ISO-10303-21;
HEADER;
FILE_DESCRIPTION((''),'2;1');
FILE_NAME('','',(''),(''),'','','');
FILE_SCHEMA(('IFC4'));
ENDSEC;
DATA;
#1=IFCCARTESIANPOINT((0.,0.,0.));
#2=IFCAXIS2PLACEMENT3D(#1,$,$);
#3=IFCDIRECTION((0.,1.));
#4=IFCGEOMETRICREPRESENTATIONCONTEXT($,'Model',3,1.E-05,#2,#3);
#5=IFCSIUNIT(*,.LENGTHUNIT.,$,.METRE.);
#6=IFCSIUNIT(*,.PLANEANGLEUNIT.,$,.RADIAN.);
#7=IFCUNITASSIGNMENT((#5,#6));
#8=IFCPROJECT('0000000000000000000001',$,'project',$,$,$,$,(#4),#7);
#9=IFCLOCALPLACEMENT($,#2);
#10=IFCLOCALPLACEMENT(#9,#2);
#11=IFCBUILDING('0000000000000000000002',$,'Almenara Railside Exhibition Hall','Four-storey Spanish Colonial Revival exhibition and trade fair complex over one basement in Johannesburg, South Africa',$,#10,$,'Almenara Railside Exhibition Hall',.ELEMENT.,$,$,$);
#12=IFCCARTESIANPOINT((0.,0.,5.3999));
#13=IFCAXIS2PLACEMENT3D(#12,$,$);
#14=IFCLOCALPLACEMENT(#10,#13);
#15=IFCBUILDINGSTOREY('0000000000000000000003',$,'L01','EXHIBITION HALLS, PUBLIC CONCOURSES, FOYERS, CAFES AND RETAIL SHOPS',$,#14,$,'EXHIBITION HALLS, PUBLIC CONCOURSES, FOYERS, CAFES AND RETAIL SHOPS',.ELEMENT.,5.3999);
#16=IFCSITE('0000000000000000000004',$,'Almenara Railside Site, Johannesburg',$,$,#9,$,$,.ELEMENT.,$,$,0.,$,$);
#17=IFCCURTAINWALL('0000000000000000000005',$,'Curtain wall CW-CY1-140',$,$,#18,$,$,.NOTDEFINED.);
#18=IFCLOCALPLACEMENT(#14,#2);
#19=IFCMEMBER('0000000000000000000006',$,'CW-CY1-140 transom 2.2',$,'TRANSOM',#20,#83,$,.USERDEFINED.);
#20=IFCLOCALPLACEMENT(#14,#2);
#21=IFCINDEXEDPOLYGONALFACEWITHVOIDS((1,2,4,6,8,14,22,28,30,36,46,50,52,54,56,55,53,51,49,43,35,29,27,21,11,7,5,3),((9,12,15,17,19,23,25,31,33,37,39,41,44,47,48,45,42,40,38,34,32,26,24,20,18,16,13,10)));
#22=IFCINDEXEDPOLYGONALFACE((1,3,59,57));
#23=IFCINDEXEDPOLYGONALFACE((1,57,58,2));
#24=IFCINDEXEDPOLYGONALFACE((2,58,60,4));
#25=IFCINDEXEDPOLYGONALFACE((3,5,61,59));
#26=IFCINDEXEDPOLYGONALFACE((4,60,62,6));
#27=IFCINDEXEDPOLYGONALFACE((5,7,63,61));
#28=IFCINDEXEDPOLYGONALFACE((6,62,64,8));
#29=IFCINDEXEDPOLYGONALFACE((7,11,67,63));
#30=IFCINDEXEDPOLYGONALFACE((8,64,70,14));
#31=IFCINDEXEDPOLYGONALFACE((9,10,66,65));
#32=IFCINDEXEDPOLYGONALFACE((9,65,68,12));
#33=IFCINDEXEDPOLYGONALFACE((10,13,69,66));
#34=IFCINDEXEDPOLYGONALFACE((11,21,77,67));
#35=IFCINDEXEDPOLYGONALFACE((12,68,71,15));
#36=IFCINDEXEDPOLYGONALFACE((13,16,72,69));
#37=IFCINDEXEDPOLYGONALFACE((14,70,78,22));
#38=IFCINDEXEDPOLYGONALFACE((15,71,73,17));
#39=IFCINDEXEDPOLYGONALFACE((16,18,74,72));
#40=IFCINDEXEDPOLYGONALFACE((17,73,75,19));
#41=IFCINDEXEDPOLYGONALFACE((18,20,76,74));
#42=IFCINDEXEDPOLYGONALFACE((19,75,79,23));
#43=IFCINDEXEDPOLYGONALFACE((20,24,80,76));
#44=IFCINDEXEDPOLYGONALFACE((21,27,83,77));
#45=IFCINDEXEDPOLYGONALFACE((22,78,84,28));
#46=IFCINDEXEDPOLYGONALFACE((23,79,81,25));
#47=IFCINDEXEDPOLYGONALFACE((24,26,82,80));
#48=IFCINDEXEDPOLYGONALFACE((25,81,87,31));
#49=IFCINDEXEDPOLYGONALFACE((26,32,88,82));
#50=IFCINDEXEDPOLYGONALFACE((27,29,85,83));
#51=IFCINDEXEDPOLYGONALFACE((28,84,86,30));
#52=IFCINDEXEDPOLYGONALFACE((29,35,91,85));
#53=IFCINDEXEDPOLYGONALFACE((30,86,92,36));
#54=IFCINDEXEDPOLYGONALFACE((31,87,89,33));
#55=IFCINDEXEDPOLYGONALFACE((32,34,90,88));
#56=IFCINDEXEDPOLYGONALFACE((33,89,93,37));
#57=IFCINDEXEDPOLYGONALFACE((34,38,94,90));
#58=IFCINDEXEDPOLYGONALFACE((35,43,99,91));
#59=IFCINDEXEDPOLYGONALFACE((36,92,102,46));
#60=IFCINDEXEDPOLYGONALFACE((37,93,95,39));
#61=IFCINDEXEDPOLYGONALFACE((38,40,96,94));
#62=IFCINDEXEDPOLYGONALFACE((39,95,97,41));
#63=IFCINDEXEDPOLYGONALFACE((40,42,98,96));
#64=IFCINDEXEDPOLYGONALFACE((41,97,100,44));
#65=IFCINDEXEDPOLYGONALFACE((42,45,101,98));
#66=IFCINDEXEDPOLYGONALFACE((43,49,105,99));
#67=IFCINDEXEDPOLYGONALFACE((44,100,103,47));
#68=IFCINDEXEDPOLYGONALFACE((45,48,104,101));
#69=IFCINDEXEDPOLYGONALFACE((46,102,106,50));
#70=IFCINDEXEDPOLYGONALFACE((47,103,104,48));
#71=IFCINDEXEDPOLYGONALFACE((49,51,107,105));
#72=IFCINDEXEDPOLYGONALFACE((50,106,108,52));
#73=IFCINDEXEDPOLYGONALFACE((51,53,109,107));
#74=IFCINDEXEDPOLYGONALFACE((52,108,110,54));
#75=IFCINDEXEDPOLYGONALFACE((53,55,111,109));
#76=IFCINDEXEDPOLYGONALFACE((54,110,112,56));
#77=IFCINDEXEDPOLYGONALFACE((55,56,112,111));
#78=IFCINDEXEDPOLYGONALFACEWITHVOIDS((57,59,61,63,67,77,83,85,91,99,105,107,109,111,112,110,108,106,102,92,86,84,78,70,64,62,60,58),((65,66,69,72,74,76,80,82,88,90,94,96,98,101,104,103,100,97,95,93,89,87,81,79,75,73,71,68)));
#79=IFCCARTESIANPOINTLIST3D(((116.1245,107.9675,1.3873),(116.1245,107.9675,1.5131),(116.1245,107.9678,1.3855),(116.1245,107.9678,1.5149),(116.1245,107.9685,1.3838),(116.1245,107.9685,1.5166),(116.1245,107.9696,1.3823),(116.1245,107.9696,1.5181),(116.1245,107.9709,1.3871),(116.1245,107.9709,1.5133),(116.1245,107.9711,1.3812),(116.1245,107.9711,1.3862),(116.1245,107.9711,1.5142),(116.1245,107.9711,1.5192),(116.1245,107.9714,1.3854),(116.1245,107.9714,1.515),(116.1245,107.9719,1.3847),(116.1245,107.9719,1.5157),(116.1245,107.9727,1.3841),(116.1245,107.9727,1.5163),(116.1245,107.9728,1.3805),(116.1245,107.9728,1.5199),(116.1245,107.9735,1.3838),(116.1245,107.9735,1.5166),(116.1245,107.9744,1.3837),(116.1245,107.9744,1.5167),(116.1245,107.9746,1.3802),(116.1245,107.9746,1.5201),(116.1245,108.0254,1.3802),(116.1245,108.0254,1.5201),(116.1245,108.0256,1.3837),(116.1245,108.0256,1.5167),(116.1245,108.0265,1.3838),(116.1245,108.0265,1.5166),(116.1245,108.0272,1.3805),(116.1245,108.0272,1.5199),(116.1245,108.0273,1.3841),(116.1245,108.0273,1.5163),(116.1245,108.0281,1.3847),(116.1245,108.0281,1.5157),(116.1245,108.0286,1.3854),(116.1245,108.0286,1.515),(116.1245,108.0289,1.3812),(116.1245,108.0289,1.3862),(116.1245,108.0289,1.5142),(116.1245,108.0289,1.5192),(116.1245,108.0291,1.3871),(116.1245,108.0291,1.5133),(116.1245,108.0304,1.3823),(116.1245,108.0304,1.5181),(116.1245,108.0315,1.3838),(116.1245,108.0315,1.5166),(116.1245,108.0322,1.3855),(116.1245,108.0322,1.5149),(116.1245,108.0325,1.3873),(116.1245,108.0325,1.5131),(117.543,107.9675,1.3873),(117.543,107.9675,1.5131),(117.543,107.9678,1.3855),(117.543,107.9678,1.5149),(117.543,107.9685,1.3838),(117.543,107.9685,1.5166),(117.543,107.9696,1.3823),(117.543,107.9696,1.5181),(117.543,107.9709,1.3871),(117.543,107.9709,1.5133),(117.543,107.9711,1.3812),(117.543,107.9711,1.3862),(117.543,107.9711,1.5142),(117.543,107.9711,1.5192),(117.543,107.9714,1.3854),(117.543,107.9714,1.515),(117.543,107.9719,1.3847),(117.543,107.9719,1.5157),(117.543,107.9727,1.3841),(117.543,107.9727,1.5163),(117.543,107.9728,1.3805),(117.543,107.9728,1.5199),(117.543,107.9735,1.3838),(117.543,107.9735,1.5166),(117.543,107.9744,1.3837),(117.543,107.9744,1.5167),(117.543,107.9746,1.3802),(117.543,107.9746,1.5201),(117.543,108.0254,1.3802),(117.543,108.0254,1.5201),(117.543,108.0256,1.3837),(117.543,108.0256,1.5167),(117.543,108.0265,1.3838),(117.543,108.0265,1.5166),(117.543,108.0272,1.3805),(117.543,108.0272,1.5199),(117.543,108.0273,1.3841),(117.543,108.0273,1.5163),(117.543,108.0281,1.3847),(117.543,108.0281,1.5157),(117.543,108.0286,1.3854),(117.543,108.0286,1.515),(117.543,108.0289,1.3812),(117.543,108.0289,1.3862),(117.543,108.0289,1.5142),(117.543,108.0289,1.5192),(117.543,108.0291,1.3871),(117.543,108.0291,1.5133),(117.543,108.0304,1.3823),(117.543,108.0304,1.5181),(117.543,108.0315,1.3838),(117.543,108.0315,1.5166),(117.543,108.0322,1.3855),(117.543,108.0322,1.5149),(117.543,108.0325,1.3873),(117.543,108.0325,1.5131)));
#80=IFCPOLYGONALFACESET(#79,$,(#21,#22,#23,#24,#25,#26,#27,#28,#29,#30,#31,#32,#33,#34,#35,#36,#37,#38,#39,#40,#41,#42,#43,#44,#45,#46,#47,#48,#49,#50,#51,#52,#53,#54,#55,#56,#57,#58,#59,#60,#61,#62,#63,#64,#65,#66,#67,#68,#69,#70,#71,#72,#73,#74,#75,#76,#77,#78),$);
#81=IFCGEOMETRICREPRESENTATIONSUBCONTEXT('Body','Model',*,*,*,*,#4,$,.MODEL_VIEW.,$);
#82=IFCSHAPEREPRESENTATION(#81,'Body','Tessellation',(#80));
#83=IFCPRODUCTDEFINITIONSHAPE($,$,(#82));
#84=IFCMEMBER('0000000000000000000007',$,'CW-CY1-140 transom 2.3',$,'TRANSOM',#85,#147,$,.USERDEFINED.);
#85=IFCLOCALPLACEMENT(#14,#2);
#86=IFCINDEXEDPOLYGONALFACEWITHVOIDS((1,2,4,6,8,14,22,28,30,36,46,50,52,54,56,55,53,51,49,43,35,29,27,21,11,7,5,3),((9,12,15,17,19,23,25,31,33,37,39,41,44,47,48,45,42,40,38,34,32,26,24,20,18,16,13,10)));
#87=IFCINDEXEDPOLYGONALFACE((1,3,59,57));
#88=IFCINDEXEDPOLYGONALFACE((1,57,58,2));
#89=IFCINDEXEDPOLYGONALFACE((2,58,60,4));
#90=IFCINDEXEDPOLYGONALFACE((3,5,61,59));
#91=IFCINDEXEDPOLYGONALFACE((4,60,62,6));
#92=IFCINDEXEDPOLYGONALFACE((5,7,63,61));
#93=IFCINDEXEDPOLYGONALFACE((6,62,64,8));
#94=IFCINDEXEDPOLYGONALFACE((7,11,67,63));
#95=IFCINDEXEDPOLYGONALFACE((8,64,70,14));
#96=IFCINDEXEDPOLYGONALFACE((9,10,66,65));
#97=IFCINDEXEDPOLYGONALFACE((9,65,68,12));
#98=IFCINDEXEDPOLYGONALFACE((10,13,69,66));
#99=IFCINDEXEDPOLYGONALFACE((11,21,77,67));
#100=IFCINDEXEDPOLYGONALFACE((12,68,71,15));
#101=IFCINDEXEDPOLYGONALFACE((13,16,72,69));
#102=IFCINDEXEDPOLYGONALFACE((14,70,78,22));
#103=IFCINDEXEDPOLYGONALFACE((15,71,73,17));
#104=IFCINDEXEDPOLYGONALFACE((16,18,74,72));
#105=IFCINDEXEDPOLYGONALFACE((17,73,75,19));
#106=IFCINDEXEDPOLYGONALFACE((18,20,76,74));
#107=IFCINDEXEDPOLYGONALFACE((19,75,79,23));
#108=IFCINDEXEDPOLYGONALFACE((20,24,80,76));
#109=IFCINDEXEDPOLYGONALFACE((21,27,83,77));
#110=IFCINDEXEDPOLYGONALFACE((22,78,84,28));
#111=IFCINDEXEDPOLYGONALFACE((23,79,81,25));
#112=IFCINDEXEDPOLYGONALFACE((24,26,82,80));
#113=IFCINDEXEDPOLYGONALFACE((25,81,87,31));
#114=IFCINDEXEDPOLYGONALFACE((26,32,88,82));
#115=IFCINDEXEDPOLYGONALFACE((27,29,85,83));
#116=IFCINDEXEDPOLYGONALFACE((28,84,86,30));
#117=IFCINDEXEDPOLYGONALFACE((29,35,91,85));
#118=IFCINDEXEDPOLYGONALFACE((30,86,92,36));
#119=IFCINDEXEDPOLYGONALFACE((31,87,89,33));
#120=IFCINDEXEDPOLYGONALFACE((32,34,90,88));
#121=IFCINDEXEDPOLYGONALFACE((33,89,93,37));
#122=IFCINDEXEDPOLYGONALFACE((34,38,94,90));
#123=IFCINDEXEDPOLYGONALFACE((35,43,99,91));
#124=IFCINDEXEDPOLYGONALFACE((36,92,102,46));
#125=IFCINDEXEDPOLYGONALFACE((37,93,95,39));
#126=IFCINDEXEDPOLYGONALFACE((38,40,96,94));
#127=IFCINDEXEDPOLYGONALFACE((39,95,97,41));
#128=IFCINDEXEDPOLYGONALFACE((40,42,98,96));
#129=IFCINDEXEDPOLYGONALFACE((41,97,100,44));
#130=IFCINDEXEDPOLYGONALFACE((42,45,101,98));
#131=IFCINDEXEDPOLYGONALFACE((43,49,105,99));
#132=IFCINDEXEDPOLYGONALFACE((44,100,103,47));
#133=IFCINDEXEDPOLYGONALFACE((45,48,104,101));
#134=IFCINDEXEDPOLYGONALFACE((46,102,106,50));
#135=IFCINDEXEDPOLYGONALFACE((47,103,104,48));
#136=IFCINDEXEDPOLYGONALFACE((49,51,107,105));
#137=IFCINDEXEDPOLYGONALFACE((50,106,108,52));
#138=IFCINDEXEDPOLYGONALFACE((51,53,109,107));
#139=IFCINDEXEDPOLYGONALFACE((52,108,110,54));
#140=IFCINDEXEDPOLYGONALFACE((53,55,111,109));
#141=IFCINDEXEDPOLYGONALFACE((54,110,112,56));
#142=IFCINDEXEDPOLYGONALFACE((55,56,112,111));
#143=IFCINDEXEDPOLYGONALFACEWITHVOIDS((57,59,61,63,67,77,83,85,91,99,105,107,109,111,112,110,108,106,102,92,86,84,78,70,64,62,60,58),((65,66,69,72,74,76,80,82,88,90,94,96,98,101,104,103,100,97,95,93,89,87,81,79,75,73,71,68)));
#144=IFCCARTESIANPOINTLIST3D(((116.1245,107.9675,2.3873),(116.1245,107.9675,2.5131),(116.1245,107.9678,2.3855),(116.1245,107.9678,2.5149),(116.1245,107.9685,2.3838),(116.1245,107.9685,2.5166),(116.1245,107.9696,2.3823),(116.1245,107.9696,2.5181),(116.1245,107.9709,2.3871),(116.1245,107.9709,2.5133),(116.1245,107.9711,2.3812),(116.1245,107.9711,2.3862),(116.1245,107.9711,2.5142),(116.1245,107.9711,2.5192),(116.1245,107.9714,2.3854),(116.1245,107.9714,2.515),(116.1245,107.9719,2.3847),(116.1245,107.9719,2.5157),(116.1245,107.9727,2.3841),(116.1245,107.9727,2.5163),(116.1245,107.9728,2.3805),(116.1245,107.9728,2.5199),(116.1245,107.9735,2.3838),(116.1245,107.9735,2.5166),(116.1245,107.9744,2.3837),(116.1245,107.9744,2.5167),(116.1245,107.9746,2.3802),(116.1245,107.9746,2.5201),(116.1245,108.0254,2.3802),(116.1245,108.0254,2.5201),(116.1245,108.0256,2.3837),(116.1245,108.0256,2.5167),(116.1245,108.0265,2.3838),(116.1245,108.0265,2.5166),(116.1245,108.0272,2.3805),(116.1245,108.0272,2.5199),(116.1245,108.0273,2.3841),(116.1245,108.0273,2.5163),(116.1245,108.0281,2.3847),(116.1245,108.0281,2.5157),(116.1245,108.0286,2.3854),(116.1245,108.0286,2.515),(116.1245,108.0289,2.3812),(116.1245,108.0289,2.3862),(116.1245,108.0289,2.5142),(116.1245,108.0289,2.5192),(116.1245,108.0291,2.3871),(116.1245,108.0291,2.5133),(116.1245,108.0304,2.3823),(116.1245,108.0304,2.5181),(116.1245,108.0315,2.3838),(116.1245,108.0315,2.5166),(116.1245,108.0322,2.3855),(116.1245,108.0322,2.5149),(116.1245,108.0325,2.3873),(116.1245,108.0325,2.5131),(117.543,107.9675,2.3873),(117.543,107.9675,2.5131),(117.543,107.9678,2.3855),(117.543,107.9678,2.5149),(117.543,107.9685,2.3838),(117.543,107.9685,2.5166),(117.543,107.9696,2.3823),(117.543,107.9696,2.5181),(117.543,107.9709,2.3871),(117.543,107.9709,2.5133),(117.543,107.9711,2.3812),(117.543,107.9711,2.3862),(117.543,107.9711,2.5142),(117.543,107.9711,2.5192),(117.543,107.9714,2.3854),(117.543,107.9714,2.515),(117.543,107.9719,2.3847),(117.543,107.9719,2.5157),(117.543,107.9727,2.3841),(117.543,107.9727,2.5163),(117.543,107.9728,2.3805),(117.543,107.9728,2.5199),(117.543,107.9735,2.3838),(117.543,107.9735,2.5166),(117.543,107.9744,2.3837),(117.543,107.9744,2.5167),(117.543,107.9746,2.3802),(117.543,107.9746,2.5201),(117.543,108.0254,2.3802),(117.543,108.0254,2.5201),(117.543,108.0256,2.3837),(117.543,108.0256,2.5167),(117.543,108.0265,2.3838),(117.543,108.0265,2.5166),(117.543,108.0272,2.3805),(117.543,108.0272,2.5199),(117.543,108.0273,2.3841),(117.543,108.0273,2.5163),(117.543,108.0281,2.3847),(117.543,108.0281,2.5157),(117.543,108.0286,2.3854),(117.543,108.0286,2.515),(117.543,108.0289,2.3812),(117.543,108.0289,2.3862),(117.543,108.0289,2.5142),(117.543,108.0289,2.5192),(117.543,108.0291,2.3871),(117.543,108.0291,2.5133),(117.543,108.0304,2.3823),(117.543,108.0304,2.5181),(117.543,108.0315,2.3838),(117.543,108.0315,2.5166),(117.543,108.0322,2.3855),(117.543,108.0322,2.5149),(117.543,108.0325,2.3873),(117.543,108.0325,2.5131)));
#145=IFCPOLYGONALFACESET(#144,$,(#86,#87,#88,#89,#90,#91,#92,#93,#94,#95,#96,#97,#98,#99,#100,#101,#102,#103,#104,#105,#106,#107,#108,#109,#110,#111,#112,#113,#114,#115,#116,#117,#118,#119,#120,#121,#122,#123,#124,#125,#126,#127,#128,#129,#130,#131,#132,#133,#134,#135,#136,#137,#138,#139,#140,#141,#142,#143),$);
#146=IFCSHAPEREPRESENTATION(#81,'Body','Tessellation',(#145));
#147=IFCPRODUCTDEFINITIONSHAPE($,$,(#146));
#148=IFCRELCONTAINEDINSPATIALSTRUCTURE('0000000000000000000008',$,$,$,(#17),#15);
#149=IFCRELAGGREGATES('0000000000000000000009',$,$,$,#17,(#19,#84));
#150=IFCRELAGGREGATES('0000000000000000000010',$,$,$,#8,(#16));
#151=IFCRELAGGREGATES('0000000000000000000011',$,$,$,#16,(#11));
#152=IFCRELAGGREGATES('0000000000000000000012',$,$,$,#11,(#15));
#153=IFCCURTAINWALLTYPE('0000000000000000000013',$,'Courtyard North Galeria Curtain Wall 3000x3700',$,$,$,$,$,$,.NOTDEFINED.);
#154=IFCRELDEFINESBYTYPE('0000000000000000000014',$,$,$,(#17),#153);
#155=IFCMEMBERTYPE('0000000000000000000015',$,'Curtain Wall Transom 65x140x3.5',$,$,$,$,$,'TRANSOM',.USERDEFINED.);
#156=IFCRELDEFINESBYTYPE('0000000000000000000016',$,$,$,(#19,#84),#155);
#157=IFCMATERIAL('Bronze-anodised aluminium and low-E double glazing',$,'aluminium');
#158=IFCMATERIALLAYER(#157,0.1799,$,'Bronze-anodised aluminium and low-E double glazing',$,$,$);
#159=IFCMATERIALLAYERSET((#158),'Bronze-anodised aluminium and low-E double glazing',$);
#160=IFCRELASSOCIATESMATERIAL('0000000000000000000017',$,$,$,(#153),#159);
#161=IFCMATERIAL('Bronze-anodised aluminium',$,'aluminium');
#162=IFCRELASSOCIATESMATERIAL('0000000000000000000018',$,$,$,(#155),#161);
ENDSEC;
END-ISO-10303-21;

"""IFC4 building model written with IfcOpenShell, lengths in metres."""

from ifc_helpers import new_model, si_unit, direction, frame, origin, origin_2d, place, context, subcontext, project, spatial, hollow_rectangle, extrude, material, layer, layer_set, material_profile, profile_set, type_object, element, aggregate, save


model = new_model("IFC4")

# Units and contexts
model_context = context("Model", 3, precision=1e-05, world=origin(), true_north=direction((0.0, 1.0)))
body_context = subcontext(model_context, "Body", "Model", "MODEL_VIEW")
ifc_project = project(units=[si_unit("LENGTHUNIT", "METRE"), si_unit("PLANEANGLEUNIT", "RADIAN")], contexts=[model_context])

# Site, building, storey
site_placement = place(None, origin())
site = spatial("IfcSite", under=ifc_project, at=site_placement, Name="Almenara Railside Site, Johannesburg", CompositionType="ELEMENT", RefElevation=0.0)
building_placement = place(site_placement, origin())
building = spatial("IfcBuilding", under=site, at=building_placement, Name="Almenara Railside Exhibition Hall", Description="Four-storey Spanish Colonial Revival exhibition and trade fair complex over one basement in Johannesburg, South Africa", LongName="Almenara Railside Exhibition Hall", CompositionType="ELEMENT")
storey_placement = place(building_placement, frame((0.0, 0.0, 5.3999)))
storey = spatial("IfcBuildingStorey", under=building, at=storey_placement, Name="L01", Description="EXHIBITION HALLS, PUBLIC CONCOURSES, FOYERS, CAFES AND RETAIL SHOPS", LongName="EXHIBITION HALLS, PUBLIC CONCOURSES, FOYERS, CAFES AND RETAIL SHOPS", CompositionType="ELEMENT", Elevation=5.3999)

# Shared definitions
ifc_material_1 = material(Name="Bronze-anodised aluminium and low-E double glazing", Category="aluminium")
ifc_layer_1 = layer(ifc_material_1, 0.1799, Name="Bronze-anodised aluminium and low-E double glazing")
ifc_layer_set_1 = layer_set([ifc_layer_1], Name="Bronze-anodised aluminium and low-E double glazing")
curtain_wall_type = type_object("IfcCurtainWallType", Name="Courtyard North Galeria Curtain Wall 3000x3700", PredefinedType="NOTDEFINED", material=ifc_layer_set_1)
ifc_material_2 = material(Name="Bronze-anodised aluminium", Category="aluminium")

# Curtain wall
curtain_wall_1_placement = place(storey_placement, origin())
curtain_wall_1 = element("IfcCurtainWall", 1, at=curtain_wall_1_placement, inside=storey, type_object=curtain_wall_type, Name="Curtain wall CW-CY1-140", PredefinedType="NOTDEFINED")

# Members
ifc_material_profile_1 = material_profile(ifc_material_2, hollow_rectangle(XDim=0.0649, YDim=0.1399, WallThickness=0.0034, InnerFilletRadius=0.0034, OuterFilletRadius=0.0071, at=origin_2d()), Name="ALU-TRN 65x140x3.5")
ifc_profile_set_1 = profile_set([ifc_material_profile_1], Name="Bronze-anodised aluminium")
member_type_1 = type_object("IfcMemberType", Name="Curtain Wall Transom 65x140x3.5", ElementType="TRANSOM", PredefinedType="USERDEFINED", material=ifc_profile_set_1)
member_1_placement = place(storey_placement, frame((116.1245, 108.0, 1.4502), z_axis=(1.0, 0.0, 0.0), x_axis=(0.0, 1.0, 0.0)))
member_1 = element("IfcMember", 2, at=member_1_placement, type_object=member_type_1, Name="CW-CY1-140 transom 2.2", ObjectType="TRANSOM", PredefinedType="USERDEFINED", context=body_context, shape_type="SweptSolid", body=[
    extrude(hollow_rectangle(XDim=0.0649, YDim=0.1399, WallThickness=0.0034, InnerFilletRadius=0.0034, OuterFilletRadius=0.0071, at=origin_2d()), origin(), (0.0, 0.0, 1.0), 1.4185),
])
member_2_placement = place(storey_placement, frame((116.1245, 108.0, 2.4502), z_axis=(1.0, 0.0, 0.0), x_axis=(0.0, 1.0, 0.0)))
member_2 = element("IfcMember", 3, at=member_2_placement, type_object=member_type_1, Name="CW-CY1-140 transom 2.3", ObjectType="TRANSOM", PredefinedType="USERDEFINED", context=body_context, shape_type="SweptSolid", body=[
    extrude(hollow_rectangle(XDim=0.0649, YDim=0.1399, WallThickness=0.0034, InnerFilletRadius=0.0034, OuterFilletRadius=0.0071, at=origin_2d()), origin(), (0.0, 0.0, 1.0), 1.4185),
])

aggregate(curtain_wall_1, [member_1, member_2])

save(model, "model.ifc")
